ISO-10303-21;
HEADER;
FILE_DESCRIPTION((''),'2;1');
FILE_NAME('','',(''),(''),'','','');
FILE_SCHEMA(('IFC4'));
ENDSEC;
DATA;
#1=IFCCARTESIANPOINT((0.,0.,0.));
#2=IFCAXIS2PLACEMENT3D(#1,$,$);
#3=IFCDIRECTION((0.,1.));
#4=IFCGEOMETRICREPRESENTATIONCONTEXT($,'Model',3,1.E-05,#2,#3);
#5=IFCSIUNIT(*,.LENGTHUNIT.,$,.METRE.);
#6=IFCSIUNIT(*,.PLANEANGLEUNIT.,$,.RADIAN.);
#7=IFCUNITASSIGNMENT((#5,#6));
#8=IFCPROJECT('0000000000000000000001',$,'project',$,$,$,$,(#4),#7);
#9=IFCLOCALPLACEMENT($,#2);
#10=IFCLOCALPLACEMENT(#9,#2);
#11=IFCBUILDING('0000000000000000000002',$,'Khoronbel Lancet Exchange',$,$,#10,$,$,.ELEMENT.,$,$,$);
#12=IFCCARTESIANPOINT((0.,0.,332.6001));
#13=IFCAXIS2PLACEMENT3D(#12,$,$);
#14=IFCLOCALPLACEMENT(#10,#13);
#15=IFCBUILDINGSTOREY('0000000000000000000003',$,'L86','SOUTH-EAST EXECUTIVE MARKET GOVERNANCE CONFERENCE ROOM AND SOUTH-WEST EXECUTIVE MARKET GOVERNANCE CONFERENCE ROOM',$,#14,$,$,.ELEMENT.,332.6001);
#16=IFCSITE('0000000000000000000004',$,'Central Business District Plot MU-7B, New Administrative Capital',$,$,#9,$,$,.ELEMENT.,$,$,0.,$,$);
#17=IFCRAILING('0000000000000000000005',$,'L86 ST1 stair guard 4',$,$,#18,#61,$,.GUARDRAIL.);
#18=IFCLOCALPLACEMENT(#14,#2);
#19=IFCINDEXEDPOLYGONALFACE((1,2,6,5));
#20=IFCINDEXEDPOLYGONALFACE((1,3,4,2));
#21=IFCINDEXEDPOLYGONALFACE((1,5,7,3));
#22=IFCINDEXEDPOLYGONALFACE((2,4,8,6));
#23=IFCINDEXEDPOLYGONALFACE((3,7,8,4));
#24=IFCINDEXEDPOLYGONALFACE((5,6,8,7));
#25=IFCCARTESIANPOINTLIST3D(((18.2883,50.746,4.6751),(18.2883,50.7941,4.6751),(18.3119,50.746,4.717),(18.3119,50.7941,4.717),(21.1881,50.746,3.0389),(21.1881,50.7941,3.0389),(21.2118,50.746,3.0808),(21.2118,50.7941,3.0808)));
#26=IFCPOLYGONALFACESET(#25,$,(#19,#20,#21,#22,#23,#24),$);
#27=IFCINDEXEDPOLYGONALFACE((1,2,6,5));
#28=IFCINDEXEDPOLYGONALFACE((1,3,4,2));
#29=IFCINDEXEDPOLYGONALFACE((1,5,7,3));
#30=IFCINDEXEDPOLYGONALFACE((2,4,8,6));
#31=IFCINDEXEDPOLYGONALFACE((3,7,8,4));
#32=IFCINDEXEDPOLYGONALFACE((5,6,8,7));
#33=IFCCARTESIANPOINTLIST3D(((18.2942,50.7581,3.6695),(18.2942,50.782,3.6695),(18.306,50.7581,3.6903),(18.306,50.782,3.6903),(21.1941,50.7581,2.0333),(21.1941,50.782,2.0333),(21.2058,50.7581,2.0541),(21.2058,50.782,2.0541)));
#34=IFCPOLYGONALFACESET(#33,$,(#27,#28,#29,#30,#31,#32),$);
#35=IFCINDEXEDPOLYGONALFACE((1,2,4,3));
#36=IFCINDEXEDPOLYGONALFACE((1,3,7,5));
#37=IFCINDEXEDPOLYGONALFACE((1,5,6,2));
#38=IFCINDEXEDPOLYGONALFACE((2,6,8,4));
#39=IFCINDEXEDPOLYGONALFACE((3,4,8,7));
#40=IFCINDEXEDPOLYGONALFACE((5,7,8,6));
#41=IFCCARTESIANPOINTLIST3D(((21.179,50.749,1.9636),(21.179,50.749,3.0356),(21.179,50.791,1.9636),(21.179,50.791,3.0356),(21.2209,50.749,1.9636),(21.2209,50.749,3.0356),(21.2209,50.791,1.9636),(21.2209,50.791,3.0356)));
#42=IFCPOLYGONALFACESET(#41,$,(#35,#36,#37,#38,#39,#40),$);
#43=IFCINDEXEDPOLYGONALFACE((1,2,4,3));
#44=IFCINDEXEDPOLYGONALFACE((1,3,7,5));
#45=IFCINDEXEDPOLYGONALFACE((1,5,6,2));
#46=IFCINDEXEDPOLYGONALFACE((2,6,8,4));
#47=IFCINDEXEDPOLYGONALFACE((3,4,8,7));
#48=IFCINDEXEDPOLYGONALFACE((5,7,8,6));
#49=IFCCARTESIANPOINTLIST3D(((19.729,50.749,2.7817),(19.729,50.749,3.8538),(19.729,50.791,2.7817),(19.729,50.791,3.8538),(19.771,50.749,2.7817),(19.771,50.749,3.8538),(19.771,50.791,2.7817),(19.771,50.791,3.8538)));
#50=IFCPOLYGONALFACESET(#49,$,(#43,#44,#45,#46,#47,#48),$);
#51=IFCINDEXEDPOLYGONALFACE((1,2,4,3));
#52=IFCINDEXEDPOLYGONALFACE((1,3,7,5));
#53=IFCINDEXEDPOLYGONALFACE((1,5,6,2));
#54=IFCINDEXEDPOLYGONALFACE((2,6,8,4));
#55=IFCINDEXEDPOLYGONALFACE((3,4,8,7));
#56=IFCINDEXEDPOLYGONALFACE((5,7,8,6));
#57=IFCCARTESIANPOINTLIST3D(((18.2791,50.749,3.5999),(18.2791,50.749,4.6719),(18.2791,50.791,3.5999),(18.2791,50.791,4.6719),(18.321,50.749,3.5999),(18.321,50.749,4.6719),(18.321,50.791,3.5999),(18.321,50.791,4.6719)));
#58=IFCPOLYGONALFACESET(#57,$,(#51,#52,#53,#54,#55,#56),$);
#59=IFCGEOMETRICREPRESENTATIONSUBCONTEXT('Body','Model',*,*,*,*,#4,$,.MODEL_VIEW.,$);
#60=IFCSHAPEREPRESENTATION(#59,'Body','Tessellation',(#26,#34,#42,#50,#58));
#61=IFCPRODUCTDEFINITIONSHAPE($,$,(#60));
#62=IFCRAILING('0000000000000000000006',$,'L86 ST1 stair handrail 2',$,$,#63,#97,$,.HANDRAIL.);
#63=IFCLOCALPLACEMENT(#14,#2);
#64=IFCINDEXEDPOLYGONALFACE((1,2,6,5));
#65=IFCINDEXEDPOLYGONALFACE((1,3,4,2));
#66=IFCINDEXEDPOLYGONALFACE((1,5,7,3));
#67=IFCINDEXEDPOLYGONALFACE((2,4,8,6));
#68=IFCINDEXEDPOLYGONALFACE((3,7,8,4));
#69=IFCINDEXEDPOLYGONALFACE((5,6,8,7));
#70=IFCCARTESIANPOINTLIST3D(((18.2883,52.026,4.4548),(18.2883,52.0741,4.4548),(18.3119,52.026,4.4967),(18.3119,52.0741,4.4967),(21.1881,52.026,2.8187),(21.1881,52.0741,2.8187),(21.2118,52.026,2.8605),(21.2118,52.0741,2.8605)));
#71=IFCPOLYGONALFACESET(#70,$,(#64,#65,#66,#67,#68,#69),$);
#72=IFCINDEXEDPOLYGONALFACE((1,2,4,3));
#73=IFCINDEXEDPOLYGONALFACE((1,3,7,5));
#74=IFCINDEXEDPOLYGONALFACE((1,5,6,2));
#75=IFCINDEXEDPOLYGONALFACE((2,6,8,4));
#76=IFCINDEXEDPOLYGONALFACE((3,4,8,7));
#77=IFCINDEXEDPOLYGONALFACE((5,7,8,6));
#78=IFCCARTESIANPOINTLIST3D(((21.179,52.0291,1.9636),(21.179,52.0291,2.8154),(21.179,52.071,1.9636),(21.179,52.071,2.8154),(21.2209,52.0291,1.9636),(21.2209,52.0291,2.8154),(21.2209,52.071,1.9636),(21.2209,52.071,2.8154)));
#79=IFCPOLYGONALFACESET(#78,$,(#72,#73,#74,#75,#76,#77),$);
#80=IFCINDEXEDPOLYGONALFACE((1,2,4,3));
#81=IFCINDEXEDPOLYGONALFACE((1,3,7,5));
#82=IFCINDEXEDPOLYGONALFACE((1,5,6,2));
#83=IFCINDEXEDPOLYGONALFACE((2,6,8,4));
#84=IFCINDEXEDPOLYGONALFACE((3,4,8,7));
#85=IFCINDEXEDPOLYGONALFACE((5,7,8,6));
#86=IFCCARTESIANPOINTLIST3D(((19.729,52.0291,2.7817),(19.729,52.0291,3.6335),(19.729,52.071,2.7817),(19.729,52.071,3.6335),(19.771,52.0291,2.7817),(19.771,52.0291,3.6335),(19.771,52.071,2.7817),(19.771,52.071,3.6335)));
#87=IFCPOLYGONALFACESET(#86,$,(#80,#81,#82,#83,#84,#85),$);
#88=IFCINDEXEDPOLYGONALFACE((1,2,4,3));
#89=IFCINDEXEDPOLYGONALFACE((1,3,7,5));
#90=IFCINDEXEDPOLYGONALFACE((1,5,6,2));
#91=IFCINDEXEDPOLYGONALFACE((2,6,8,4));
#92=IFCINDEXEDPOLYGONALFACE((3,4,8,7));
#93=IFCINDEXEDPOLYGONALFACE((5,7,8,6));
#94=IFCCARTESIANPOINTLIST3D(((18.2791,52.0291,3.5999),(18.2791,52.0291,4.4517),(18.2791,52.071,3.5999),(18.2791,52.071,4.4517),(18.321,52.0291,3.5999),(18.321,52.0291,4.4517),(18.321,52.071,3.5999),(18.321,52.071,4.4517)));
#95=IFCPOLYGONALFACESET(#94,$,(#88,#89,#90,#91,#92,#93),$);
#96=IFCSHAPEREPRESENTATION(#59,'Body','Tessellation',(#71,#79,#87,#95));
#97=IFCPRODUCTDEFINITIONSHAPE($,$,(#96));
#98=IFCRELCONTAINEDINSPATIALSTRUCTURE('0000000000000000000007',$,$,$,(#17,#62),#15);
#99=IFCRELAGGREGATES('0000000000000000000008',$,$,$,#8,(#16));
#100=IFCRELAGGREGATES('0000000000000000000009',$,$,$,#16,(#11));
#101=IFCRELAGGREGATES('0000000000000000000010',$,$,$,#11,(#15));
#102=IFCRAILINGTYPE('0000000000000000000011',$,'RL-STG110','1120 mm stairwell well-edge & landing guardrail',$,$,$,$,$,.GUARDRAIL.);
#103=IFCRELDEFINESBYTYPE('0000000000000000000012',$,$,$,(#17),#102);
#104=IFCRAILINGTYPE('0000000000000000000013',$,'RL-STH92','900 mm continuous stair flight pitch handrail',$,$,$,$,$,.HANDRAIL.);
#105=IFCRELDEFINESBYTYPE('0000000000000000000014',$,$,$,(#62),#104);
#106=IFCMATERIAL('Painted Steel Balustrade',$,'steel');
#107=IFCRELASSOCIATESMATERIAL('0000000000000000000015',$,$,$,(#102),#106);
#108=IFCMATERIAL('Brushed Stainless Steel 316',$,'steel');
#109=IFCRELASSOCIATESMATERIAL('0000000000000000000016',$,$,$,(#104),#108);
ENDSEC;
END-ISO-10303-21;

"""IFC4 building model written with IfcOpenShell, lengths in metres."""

from ifc_helpers import new_model, si_unit, direction, frame, origin, origin_2d, place, context, subcontext, project, spatial, rectangle, extrude, material, type_object, element, save


model = new_model("IFC4")

# Units and contexts
model_context = context("Model", 3, precision=1e-05, world=origin(), true_north=direction((0.0, 1.0)))
body_context = subcontext(model_context, "Body", "Model", "MODEL_VIEW")
ifc_project = project(units=[si_unit("LENGTHUNIT", "METRE"), si_unit("PLANEANGLEUNIT", "RADIAN")], contexts=[model_context])

# Site, building, storey
site_placement = place(None, origin())
site = spatial("IfcSite", under=ifc_project, at=site_placement, Name="Central Business District Plot MU-7B, New Administrative Capital", CompositionType="ELEMENT", RefElevation=0.0)
building_placement = place(site_placement, origin())
building = spatial("IfcBuilding", under=site, at=building_placement, Name="Khoronbel Lancet Exchange", CompositionType="ELEMENT")
storey_placement = place(building_placement, frame((0.0, 0.0, 332.6001)))
storey = spatial("IfcBuildingStorey", under=building, at=storey_placement, Name="L86", Description="SOUTH-EAST EXECUTIVE MARKET GOVERNANCE CONFERENCE ROOM AND SOUTH-WEST EXECUTIVE MARKET GOVERNANCE CONFERENCE ROOM", CompositionType="ELEMENT", Elevation=332.6001)

# Railings
ifc_material_1 = material(Name="Painted Steel Balustrade", Category="steel")
railing_type_1 = type_object("IfcRailingType", Name="RL-STG110", Description="1120 mm stairwell well-edge & landing guardrail", PredefinedType="GUARDRAIL", material=ifc_material_1)
railing_1_placement = place(storey_placement, frame((21.2, 50.77, 1.9636)))
element("IfcRailing", 1, at=railing_1_placement, inside=storey, type_object=railing_type_1, Name="L86 ST1 stair guard 4", PredefinedType="GUARDRAIL", context=body_context, shape_type="SweptSolid", body=[
    extrude(rectangle(XDim=0.0481, YDim=0.0481, at=origin_2d()), frame((0.0, 0.0, 1.0962), z_axis=(-0.870929, 0.0, 0.49141), x_axis=(0.0, -1.0, 0.0)), (0.0, 0.0, 1.0), 3.3296),
    extrude(rectangle(XDim=0.0239, YDim=0.0239, at=origin_2d()), frame((0.0, 0.0, 0.0801), z_axis=(-0.870929, 0.0, 0.49141), x_axis=(0.0, -1.0, 0.0)), (0.0, 0.0, 1.0), 3.3296),
    extrude(rectangle(XDim=0.042, YDim=0.042, at=origin_2d()), origin(), (0.0, 0.0, 1.0), 1.072),
    extrude(rectangle(XDim=0.042, YDim=0.042, at=origin_2d()), frame((-1.45, 0.0, 0.8181)), (0.0, 0.0, 1.0), 1.072),
    extrude(rectangle(XDim=0.042, YDim=0.042, at=origin_2d()), frame((-2.8999, 0.0, 1.6362)), (0.0, 0.0, 1.0), 1.072),
])
ifc_material_2 = material(Name="Brushed Stainless Steel 316", Category="steel")
railing_type_2 = type_object("IfcRailingType", Name="RL-STH92", Description="900 mm continuous stair flight pitch handrail", PredefinedType="HANDRAIL", material=ifc_material_2)
railing_2_placement = place(storey_placement, frame((21.2, 52.05, 1.9636)))
element("IfcRailing", 2, at=railing_2_placement, inside=storey, type_object=railing_type_2, Name="L86 ST1 stair handrail 2", PredefinedType="HANDRAIL", context=body_context, shape_type="SweptSolid", body=[
    extrude(rectangle(XDim=0.0481, YDim=0.0481, at=origin_2d()), frame((0.0, 0.0, 0.876), z_axis=(-0.870929, 0.0, 0.49141), x_axis=(0.0, -1.0, 0.0)), (0.0, 0.0, 1.0), 3.3296),
    extrude(rectangle(XDim=0.042, YDim=0.042, at=origin_2d()), origin(), (0.0, 0.0, 1.0), 0.8518),
    extrude(rectangle(XDim=0.042, YDim=0.042, at=origin_2d()), frame((-1.45, 0.0, 0.8181)), (0.0, 0.0, 1.0), 0.8518),
    extrude(rectangle(XDim=0.042, YDim=0.042, at=origin_2d()), frame((-2.8999, 0.0, 1.6362)), (0.0, 0.0, 1.0), 0.8518),
])

save(model, "model.ifc")
